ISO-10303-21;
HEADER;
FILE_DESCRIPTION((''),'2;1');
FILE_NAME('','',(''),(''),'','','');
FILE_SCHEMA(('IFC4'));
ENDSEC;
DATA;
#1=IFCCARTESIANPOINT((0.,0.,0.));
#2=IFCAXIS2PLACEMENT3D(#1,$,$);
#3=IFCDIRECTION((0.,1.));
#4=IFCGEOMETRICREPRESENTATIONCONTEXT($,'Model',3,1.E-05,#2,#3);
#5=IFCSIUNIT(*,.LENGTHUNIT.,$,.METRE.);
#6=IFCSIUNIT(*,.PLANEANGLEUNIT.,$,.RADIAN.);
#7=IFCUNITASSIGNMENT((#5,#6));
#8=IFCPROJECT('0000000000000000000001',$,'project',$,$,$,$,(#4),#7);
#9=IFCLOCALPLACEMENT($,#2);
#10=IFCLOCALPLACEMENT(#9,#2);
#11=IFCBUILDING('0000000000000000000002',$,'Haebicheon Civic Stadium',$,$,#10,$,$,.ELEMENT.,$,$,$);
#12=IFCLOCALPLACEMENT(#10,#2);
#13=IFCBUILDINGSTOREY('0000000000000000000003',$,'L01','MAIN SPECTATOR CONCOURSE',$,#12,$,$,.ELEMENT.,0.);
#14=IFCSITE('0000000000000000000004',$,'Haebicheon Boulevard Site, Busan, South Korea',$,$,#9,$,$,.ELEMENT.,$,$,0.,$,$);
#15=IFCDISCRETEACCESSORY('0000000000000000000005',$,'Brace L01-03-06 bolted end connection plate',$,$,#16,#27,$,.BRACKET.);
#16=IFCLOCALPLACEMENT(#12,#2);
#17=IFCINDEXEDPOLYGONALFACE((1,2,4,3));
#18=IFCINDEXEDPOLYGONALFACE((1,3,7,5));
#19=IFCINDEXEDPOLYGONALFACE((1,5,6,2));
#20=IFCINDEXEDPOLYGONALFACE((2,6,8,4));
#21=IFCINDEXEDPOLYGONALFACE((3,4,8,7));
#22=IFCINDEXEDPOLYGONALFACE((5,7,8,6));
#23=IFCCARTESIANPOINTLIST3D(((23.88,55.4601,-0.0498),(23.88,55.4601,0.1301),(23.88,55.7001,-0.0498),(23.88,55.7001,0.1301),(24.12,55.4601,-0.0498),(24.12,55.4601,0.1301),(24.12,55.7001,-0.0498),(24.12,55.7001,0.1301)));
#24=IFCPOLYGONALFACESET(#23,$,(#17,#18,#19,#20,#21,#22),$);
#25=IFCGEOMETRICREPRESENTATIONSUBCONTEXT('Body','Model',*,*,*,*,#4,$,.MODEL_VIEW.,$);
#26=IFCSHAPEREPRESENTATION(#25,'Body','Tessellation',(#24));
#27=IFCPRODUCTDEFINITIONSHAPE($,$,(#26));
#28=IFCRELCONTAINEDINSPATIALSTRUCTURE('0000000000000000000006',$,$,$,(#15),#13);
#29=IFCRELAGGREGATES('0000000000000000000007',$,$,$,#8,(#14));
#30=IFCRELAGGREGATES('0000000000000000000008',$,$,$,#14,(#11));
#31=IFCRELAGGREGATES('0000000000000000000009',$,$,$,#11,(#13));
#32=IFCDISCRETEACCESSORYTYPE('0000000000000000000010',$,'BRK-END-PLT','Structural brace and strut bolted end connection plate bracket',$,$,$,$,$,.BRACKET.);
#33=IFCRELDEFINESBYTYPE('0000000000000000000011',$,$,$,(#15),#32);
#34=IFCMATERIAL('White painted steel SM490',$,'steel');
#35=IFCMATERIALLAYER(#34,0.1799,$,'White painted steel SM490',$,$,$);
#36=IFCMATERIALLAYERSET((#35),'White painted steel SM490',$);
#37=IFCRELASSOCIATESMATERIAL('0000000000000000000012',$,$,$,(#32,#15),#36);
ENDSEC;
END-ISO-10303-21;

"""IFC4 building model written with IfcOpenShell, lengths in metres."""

from ifc_helpers import new_model, si_unit, direction, frame, origin, origin_2d, place, context, subcontext, project, spatial, rectangle, extrude, material, layer, layer_set, type_object, element, save


model = new_model("IFC4")

# Units and contexts
model_context = context("Model", 3, precision=1e-05, world=origin(), true_north=direction((0.0, 1.0)))
body_context = subcontext(model_context, "Body", "Model", "MODEL_VIEW")
ifc_project = project(units=[si_unit("LENGTHUNIT", "METRE"), si_unit("PLANEANGLEUNIT", "RADIAN")], contexts=[model_context])

# Site, building, storey
site_placement = place(None, origin())
site = spatial("IfcSite", under=ifc_project, at=site_placement, Name="Haebicheon Boulevard Site, Busan, South Korea", CompositionType="ELEMENT", RefElevation=0.0)
building_placement = place(site_placement, origin())
building = spatial("IfcBuilding", under=site, at=building_placement, Name="Haebicheon Civic Stadium", CompositionType="ELEMENT")
storey_placement = place(building_placement, origin())
storey = spatial("IfcBuildingStorey", under=building, at=storey_placement, Name="L01", Description="MAIN SPECTATOR CONCOURSE", CompositionType="ELEMENT", Elevation=0.0)

# Discrete accessory
ifc_material_1 = material(Name="White painted steel SM490", Category="steel")
ifc_layer_1 = layer(ifc_material_1, 0.1799, Name="White painted steel SM490")
ifc_layer_set_1 = layer_set([ifc_layer_1], Name="White painted steel SM490")
discrete_accessory_type = type_object("IfcDiscreteAccessoryType", Name="BRK-END-PLT", Description="Structural brace and strut bolted end connection plate bracket", PredefinedType="BRACKET", material=ifc_layer_set_1)
discrete_accessory_placement = place(storey_placement, frame((24.0, 55.5801, -0.0498), z_axis=(0.0, 0.0, 1.0), x_axis=(1.0, 0.0, 0.0)))
element("IfcDiscreteAccessory", 1, at=discrete_accessory_placement, inside=storey, type_object=discrete_accessory_type, material=ifc_layer_set_1, Name="Brace L01-03-06 bolted end connection plate", PredefinedType="BRACKET", context=body_context, shape_type="SweptSolid", body=[
    extrude(rectangle(XDim=0.24, YDim=0.24, at=origin_2d()), origin(), (0.0, 0.0, 1.0), 0.1799),
])

save(model, "model.ifc")
